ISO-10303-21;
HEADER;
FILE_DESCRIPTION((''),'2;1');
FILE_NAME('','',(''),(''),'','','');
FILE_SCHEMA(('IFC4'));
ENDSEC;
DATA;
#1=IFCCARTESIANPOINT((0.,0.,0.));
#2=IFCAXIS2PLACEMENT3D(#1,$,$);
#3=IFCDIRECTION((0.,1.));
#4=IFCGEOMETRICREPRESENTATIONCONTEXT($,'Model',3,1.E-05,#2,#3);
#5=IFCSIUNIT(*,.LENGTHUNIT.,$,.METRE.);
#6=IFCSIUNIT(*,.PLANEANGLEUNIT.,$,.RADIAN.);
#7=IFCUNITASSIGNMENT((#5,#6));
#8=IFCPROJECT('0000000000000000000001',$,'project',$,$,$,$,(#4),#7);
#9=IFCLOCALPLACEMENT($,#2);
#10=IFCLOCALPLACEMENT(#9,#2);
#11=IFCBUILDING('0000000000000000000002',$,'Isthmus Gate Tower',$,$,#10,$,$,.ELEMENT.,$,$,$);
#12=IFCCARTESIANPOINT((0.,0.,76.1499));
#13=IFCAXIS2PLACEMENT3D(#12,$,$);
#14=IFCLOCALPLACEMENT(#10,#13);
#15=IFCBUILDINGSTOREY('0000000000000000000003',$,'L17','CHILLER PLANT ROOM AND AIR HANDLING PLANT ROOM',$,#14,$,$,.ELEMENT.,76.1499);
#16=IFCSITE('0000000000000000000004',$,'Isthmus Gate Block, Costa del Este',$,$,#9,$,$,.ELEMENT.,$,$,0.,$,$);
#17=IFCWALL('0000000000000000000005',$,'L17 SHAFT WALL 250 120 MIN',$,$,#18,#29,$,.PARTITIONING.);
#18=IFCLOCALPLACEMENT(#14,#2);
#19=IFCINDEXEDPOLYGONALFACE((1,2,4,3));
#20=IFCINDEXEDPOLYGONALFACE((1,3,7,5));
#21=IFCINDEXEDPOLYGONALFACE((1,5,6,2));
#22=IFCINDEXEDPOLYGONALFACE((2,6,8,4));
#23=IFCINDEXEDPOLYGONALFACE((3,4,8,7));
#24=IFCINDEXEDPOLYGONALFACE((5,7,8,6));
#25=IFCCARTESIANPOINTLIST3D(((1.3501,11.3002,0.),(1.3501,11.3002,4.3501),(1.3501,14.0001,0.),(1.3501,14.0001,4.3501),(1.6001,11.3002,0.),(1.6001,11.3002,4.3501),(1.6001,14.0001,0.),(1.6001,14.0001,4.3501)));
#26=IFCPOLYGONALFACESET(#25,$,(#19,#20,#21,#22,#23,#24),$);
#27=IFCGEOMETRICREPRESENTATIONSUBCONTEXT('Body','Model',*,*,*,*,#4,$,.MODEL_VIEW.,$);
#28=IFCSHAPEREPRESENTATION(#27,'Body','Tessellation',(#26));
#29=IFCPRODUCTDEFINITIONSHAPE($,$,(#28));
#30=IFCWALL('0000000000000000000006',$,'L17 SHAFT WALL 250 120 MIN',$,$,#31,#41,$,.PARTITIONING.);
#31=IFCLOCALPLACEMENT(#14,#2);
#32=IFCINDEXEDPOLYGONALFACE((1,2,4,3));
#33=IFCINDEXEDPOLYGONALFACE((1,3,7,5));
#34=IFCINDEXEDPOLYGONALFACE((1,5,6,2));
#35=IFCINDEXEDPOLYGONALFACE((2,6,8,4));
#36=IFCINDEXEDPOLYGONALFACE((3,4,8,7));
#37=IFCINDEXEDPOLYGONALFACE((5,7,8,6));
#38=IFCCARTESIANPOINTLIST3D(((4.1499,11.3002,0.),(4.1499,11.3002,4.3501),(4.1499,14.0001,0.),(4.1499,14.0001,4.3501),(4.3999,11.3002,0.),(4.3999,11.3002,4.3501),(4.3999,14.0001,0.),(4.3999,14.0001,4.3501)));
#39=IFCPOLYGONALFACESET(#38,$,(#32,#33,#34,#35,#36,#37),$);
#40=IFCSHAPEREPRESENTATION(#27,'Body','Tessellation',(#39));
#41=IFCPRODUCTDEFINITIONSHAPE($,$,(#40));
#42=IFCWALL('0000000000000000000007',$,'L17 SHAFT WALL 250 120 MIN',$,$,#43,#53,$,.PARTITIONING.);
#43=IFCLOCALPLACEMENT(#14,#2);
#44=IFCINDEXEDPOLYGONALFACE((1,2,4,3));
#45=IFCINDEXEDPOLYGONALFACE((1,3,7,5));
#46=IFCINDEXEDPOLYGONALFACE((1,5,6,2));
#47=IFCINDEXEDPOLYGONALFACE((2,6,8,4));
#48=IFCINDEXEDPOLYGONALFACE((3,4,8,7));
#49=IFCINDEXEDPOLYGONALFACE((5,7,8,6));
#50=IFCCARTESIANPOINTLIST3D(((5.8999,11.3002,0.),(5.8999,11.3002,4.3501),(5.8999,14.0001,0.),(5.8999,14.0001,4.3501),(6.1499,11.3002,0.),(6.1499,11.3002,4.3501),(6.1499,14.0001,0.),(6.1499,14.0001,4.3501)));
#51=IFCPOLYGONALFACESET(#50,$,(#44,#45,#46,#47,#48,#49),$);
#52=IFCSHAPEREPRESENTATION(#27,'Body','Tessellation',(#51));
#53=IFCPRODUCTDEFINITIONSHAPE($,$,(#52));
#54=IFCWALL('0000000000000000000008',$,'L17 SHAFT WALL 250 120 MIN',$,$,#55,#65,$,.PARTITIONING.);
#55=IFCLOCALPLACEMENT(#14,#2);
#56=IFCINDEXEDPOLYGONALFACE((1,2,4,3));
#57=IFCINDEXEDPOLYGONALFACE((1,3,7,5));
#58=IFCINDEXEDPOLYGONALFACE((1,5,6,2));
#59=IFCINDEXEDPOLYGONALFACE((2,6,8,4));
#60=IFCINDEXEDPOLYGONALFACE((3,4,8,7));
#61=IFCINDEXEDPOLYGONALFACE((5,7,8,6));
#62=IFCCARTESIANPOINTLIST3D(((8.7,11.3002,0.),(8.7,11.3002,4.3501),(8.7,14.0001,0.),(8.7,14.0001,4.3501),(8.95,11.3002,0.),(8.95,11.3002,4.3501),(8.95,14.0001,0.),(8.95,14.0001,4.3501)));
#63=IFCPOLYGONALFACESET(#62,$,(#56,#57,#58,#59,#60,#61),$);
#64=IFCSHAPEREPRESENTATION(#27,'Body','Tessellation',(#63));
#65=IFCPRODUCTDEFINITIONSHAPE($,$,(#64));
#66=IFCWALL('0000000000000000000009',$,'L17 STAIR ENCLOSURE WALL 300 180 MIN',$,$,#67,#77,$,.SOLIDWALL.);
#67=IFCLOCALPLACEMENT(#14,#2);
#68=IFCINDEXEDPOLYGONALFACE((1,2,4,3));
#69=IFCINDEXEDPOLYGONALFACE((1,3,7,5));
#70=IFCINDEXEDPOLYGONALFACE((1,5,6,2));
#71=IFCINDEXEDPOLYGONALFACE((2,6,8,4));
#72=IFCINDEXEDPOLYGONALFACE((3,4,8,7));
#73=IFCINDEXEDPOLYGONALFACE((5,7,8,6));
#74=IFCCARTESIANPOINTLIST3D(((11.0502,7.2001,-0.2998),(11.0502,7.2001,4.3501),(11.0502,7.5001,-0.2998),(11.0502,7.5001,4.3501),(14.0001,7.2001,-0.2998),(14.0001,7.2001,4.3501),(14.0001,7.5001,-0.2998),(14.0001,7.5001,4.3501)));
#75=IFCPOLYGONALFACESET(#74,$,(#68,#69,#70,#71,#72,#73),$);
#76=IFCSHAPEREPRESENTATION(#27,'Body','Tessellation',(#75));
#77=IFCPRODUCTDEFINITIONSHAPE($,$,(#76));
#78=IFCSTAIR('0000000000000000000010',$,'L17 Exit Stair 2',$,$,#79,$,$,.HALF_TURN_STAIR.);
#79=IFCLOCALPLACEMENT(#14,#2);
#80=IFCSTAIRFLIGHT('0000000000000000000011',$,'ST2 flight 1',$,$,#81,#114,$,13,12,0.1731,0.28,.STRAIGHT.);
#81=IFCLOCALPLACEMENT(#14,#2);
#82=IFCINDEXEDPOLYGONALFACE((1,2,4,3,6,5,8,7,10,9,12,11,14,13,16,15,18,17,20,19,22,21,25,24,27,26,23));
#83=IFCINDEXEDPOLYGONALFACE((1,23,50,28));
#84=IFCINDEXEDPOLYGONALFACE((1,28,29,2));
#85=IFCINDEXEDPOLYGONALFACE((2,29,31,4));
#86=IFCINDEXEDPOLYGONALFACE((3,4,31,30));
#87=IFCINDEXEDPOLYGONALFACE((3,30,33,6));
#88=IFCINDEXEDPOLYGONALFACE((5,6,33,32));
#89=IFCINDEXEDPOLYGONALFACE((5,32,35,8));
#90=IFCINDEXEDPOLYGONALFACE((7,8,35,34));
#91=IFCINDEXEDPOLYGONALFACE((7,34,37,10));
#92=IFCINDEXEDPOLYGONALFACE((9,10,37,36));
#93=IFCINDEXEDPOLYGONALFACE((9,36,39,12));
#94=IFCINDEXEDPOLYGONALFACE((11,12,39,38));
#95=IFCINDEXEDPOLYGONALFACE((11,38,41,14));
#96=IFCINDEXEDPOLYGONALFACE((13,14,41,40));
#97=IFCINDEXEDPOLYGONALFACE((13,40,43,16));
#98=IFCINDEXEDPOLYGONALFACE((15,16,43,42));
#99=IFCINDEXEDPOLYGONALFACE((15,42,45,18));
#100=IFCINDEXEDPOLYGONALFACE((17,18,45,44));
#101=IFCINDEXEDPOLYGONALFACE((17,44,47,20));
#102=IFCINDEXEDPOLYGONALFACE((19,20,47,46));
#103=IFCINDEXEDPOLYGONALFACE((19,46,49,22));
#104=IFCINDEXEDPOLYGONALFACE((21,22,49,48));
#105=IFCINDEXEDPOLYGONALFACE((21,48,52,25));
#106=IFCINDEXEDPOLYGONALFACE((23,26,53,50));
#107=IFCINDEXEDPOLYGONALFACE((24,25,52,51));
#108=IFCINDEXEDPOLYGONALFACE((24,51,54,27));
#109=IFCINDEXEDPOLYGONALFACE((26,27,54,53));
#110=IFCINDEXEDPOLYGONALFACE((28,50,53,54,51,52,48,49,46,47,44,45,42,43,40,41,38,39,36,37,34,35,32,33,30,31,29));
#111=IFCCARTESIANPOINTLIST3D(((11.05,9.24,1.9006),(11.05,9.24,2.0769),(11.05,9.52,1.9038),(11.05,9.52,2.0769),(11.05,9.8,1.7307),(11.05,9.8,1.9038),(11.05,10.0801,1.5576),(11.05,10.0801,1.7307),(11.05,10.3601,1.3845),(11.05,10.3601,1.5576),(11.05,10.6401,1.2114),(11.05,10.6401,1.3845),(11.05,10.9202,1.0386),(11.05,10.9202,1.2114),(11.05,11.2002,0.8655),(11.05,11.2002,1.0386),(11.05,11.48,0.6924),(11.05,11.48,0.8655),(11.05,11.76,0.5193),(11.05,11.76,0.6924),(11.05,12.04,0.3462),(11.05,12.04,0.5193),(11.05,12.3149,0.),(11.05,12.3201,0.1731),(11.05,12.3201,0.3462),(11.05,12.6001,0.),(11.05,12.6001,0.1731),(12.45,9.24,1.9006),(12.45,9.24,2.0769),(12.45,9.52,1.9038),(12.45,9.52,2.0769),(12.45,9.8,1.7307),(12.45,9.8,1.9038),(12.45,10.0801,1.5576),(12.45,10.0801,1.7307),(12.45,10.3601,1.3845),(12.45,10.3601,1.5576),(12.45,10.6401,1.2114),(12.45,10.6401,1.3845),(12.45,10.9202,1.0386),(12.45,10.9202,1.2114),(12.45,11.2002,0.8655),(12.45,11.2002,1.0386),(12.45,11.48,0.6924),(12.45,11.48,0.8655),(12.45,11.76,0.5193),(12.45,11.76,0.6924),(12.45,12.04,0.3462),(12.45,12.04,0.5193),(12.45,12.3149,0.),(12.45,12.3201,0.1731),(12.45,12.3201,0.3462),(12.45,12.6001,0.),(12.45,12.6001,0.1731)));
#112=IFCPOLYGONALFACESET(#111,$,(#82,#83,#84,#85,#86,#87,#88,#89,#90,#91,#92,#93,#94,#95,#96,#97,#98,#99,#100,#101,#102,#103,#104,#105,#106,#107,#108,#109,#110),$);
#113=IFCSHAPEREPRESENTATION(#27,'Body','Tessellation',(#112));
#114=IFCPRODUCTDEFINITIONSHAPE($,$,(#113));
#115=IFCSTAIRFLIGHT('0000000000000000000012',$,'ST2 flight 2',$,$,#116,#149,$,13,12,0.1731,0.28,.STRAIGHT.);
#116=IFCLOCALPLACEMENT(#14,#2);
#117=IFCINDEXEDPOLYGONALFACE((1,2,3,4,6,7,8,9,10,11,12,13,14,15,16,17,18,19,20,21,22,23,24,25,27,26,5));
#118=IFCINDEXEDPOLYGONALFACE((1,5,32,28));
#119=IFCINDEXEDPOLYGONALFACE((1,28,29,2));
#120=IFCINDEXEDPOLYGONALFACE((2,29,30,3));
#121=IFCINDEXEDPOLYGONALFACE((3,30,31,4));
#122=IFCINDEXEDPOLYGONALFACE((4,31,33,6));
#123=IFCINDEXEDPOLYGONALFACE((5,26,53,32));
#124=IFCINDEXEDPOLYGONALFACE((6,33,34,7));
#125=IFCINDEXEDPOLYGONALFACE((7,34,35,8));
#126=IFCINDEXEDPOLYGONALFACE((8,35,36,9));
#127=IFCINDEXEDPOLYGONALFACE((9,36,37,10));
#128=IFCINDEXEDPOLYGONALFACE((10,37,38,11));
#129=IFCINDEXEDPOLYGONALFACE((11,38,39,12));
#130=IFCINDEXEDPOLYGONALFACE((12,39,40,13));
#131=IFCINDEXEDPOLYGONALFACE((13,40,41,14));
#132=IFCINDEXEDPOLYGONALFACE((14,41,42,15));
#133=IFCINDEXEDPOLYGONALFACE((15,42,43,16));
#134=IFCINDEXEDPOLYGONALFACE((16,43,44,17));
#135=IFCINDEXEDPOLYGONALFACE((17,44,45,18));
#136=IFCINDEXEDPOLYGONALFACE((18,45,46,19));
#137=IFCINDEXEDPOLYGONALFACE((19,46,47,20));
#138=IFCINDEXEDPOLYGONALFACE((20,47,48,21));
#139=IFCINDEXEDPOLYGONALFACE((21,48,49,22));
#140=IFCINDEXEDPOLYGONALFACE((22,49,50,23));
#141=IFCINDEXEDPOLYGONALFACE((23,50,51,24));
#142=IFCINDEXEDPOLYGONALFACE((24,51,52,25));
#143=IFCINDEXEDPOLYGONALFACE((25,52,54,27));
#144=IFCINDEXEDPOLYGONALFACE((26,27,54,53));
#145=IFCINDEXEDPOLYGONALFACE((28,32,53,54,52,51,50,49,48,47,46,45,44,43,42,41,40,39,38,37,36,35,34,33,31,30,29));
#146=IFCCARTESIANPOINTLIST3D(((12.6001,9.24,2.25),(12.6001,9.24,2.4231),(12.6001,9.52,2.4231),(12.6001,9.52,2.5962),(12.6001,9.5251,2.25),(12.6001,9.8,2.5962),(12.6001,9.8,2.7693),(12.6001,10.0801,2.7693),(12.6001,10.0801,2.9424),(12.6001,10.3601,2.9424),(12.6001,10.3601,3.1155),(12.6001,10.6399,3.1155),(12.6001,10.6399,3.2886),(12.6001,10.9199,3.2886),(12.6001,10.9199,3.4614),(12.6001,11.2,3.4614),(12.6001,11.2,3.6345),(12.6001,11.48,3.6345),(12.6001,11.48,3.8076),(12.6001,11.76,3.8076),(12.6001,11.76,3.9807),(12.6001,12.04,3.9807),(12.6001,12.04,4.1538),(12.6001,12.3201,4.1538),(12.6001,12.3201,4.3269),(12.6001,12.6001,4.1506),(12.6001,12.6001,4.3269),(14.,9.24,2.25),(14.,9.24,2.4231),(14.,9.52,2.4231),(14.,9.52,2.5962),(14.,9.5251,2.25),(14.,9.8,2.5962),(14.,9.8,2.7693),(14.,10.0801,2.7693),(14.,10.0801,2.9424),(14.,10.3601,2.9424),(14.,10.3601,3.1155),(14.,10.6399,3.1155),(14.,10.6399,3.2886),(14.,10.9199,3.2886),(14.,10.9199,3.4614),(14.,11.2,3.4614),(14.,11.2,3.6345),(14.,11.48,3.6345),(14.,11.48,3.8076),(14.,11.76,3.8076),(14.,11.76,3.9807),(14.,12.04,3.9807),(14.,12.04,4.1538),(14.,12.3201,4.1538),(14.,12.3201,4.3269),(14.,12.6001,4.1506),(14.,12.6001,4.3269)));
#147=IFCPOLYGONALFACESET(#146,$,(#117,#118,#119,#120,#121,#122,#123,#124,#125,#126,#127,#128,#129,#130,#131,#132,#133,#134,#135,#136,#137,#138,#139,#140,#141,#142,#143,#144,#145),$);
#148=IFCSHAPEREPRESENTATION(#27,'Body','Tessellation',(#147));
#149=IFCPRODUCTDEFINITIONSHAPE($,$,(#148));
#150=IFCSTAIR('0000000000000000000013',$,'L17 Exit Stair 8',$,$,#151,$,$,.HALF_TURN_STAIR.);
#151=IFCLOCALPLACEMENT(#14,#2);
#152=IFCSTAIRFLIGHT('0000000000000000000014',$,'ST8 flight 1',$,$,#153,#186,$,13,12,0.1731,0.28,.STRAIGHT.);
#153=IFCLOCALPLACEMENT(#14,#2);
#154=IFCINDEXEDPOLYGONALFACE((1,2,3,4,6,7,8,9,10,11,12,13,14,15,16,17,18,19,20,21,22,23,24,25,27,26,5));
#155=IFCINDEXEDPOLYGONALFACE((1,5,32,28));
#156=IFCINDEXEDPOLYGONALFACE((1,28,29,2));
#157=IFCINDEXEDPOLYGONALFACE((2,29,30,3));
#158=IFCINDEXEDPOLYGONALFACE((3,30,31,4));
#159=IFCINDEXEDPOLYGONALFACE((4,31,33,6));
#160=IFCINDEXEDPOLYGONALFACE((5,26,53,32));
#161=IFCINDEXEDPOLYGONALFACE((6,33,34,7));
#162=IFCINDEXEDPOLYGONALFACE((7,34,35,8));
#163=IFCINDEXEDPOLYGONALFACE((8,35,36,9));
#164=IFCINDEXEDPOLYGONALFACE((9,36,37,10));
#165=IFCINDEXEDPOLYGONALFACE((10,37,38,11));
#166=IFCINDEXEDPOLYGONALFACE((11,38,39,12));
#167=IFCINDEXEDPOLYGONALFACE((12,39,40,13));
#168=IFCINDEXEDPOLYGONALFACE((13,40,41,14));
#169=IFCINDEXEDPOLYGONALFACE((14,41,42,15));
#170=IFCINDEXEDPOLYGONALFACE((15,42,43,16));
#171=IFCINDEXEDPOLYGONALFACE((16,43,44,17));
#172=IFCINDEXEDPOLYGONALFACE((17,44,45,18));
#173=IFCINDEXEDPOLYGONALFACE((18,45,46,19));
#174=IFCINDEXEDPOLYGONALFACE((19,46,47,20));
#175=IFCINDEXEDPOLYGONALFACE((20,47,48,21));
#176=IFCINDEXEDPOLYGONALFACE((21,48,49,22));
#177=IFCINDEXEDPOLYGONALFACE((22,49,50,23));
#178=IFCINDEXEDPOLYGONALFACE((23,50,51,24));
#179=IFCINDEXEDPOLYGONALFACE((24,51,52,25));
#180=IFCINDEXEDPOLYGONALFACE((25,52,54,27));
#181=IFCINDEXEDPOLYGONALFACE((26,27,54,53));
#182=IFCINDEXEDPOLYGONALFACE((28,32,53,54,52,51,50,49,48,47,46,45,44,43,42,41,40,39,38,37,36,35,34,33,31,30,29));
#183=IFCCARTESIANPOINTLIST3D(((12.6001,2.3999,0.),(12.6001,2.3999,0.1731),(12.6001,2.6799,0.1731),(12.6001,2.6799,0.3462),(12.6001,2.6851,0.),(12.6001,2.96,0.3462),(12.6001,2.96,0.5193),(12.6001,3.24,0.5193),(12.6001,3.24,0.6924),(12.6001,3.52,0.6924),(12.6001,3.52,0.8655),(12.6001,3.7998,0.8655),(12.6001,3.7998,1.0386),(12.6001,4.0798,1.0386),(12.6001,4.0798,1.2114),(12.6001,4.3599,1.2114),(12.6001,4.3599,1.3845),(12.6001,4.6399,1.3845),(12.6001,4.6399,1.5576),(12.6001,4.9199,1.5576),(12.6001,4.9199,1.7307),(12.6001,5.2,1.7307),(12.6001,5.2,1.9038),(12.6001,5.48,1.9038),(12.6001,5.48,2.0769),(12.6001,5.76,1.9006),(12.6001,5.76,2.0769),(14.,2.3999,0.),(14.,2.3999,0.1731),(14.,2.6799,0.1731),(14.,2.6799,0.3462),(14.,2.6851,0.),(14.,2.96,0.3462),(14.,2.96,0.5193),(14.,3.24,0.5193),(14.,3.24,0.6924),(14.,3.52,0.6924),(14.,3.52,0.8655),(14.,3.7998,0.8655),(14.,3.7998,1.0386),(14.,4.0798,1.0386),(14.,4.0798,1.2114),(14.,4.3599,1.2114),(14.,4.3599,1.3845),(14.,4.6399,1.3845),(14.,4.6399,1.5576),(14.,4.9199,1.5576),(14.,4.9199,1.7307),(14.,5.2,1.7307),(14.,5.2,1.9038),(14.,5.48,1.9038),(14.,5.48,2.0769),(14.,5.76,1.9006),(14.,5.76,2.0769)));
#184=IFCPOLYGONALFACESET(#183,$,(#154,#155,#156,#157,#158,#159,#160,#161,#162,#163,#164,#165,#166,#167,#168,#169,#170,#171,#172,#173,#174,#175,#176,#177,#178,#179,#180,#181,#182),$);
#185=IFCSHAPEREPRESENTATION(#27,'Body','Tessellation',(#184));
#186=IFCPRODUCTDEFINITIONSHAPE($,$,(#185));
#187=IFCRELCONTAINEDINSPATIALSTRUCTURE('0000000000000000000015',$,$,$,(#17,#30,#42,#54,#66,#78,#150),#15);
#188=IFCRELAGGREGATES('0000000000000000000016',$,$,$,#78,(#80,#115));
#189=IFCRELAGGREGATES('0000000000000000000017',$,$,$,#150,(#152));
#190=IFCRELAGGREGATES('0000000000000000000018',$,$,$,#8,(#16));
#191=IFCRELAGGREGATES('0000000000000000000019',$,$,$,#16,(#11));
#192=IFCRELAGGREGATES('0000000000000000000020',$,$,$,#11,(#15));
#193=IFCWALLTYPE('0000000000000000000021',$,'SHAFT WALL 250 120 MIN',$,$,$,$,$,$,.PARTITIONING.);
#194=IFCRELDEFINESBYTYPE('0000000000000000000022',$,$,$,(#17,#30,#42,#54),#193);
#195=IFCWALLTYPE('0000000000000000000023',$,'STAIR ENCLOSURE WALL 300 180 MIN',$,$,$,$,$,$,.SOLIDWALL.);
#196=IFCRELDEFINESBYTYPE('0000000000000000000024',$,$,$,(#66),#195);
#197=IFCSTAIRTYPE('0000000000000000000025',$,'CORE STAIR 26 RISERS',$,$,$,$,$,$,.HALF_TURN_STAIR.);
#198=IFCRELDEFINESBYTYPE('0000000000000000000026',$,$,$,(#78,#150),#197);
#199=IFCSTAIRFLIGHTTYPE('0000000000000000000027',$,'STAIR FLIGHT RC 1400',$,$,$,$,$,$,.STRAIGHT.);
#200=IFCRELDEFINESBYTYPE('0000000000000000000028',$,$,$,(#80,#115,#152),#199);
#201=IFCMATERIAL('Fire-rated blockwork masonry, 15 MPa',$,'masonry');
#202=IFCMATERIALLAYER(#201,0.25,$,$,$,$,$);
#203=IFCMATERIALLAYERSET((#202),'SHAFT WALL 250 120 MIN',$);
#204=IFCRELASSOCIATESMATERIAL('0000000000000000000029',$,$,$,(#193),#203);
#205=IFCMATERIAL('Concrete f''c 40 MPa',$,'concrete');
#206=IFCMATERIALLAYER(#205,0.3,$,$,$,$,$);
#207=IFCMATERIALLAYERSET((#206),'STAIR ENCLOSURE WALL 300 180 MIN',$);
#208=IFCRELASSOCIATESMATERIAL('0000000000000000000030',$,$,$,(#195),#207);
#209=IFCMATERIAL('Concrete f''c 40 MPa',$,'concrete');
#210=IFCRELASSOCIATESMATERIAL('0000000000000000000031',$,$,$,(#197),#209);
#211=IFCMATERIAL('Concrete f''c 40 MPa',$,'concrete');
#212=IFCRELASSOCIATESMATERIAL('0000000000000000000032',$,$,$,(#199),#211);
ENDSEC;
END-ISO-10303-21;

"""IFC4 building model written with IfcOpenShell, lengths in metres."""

from ifc_helpers import new_model, si_unit, direction, frame, frame_2d, origin, place, context, subcontext, project, spatial, polyline, rectangle, outline, extrude, material, layer, layer_set, type_object, element, aggregate, save


model = new_model("IFC4")

# Units and contexts
model_context = context("Model", 3, precision=1e-05, world=origin(), true_north=direction((0.0, 1.0)))
body_context = subcontext(model_context, "Body", "Model", "MODEL_VIEW")
ifc_project = project(units=[si_unit("LENGTHUNIT", "METRE"), si_unit("PLANEANGLEUNIT", "RADIAN")], contexts=[model_context])

# Site, building, storey
site_placement = place(None, origin())
site = spatial("IfcSite", under=ifc_project, at=site_placement, Name="Isthmus Gate Block, Costa del Este", CompositionType="ELEMENT", RefElevation=0.0)
building_placement = place(site_placement, origin())
building = spatial("IfcBuilding", under=site, at=building_placement, Name="Isthmus Gate Tower", CompositionType="ELEMENT")
storey_placement = place(building_placement, frame((0.0, 0.0, 76.1499)))
storey = spatial("IfcBuildingStorey", under=building, at=storey_placement, Name="L17", Description="CHILLER PLANT ROOM AND AIR HANDLING PLANT ROOM", CompositionType="ELEMENT", Elevation=76.1499)

# Walls
ifc_material_1 = material(Name="Fire-rated blockwork masonry, 15 MPa", Category="masonry")
ifc_layer_1 = layer(ifc_material_1, 0.25)
ifc_layer_set_1 = layer_set([ifc_layer_1], Name="SHAFT WALL 250 120 MIN")
wall_type_1 = type_object("IfcWallType", Name="SHAFT WALL 250 120 MIN", PredefinedType="PARTITIONING", material=ifc_layer_set_1)
for number, where, z_axis, x_axis, name in (
    (1, (1.4751, 11.3, 0.0), (0.0, 0.0, 1.0), (0.0, 1.0, 0.0), "L17 SHAFT WALL 250 120 MIN"),
    (2, (4.2749, 11.3, 0.0), (0.0, 0.0, 1.0), (0.0, 1.0, 0.0), "L17 SHAFT WALL 250 120 MIN"),
    (3, (6.0249, 11.3, 0.0), (0.0, 0.0, 1.0), (0.0, 1.0, 0.0), "L17 SHAFT WALL 250 120 MIN"),
    (4, (8.825, 11.3, 0.0), (0.0, 0.0, 1.0), (0.0, 1.0, 0.0), "L17 SHAFT WALL 250 120 MIN"),
):
    element("IfcWall", number, at=place(storey_placement, frame(where, z_axis=z_axis, x_axis=x_axis)), inside=storey, type_object=wall_type_1, Name=name, PredefinedType="PARTITIONING", context=body_context, shape_type="SweptSolid", body=[
        extrude(rectangle(XDim=2.7, YDim=0.25, at=frame_2d((1.3501, 0.0))), origin(), (0.0, 0.0, 1.0), 4.3501),
    ])
ifc_material_2 = material(Name="Concrete f'c 40 MPa", Category="concrete")
ifc_layer_2 = layer(ifc_material_2, 0.3)
ifc_layer_set_2 = layer_set([ifc_layer_2], Name="STAIR ENCLOSURE WALL 300 180 MIN")
wall_type_2 = type_object("IfcWallType", Name="STAIR ENCLOSURE WALL 300 180 MIN", PredefinedType="SOLIDWALL", material=ifc_layer_set_2)
wall_1_placement = place(storey_placement, frame((11.05, 7.3501, -0.2998), z_axis=(0.0, 0.0, 1.0), x_axis=(1.0, 0.0, 0.0)))
element("IfcWall", 5, at=wall_1_placement, inside=storey, type_object=wall_type_2, Name="L17 STAIR ENCLOSURE WALL 300 180 MIN", PredefinedType="SOLIDWALL", context=body_context, shape_type="SweptSolid", body=[
    extrude(rectangle(XDim=2.95, YDim=0.3, at=frame_2d((1.4751, 0.0))), origin(), (0.0, 0.0, 1.0), 4.6499),
])

# Stairs, stair flights
ifc_material_3 = material(Name="Concrete f'c 40 MPa", Category="concrete")
stair_type = type_object("IfcStairType", Name="CORE STAIR 26 RISERS", PredefinedType="HALF_TURN_STAIR", material=ifc_material_3)
stair_1_placement = place(storey_placement, origin())
stair_1 = element("IfcStair", 6, at=stair_1_placement, inside=storey, type_object=stair_type, Name="L17 Exit Stair 2", PredefinedType="HALF_TURN_STAIR")
ifc_material_4 = material(Name="Concrete f'c 40 MPa", Category="concrete")
stair_flight_type = type_object("IfcStairFlightType", Name="STAIR FLIGHT RC 1400", PredefinedType="STRAIGHT", material=ifc_material_4)
stair_flight_1_placement = place(storey_placement, frame((11.75, 12.6001, 0.0), z_axis=(0.0, 0.0, 1.0), x_axis=(0.0, -1.0, 0.0)))
stair_flight_1 = element("IfcStairFlight", 7, at=stair_flight_1_placement, type_object=stair_flight_type, Name="ST2 flight 1", NumberOfRisers=13, NumberOfTreads=12, PredefinedType="STRAIGHT", RiserHeight=0.1731, TreadLength=0.28, context=body_context, shape_type="SweptSolid", body=[
    extrude(outline(polyline([(0.0, 0.0), (0.0, 0.1731), (0.28, 0.1731), (0.28, 0.3462), (0.5601, 0.3462), (0.5601, 0.5193), (0.8401, 0.5193), (0.8401, 0.6924), (1.1201, 0.6924), (1.1201, 0.8655), (1.3999, 0.8655), (1.3999, 1.0386), (1.6799, 1.0386), (1.6799, 1.2114), (1.96, 1.2114), (1.96, 1.3845), (2.24, 1.3845), (2.24, 1.5576), (2.52, 1.5576), (2.52, 1.7307), (2.8, 1.7307), (2.8, 1.9038), (3.0801, 1.9038), (3.0801, 2.0769), (3.3601, 2.0769), (3.3601, 2.25), (3.3601, 1.9006), (0.2852, 0.0), (0.0, 0.0)])), frame((0.0, 0.7, 0.0), z_axis=(0.0, -1.0, 0.0), x_axis=(1.0, 0.0, 0.0)), (0.0, 0.0, 1.0), 1.3999),
])
stair_flight_2_placement = place(storey_placement, frame((13.3, 9.24, 2.25), z_axis=(0.0, 0.0, 1.0), x_axis=(0.0, 1.0, 0.0)))
stair_flight_2 = element("IfcStairFlight", 8, at=stair_flight_2_placement, type_object=stair_flight_type, Name="ST2 flight 2", NumberOfRisers=13, NumberOfTreads=12, PredefinedType="STRAIGHT", RiserHeight=0.1731, TreadLength=0.28, context=body_context, shape_type="SweptSolid", body=[
    extrude(outline(polyline([(0.0, 0.0), (0.0, 0.1731), (0.28, 0.1731), (0.28, 0.3462), (0.5601, 0.3462), (0.5601, 0.5193), (0.8401, 0.5193), (0.8401, 0.6924), (1.1201, 0.6924), (1.1201, 0.8655), (1.3999, 0.8655), (1.3999, 1.0386), (1.6799, 1.0386), (1.6799, 1.2114), (1.96, 1.2114), (1.96, 1.3845), (2.24, 1.3845), (2.24, 1.5576), (2.52, 1.5576), (2.52, 1.7307), (2.8, 1.7307), (2.8, 1.9038), (3.0801, 1.9038), (3.0801, 2.0769), (3.3601, 2.0769), (3.3601, 2.25), (3.3601, 1.9006), (0.2852, 0.0), (0.0, 0.0)])), frame((0.0, 0.7, 0.0), z_axis=(0.0, -1.0, 0.0), x_axis=(1.0, 0.0, 0.0)), (0.0, 0.0, 1.0), 1.3999),
])
aggregate(stair_1, [stair_flight_1, stair_flight_2])
stair_2_placement = place(storey_placement, origin())
stair_2 = element("IfcStair", 9, at=stair_2_placement, inside=storey, type_object=stair_type, Name="L17 Exit Stair 8", PredefinedType="HALF_TURN_STAIR")
stair_flight_3_placement = place(storey_placement, frame((13.3, 2.3999, 0.0), z_axis=(0.0, 0.0, 1.0), x_axis=(0.0, 1.0, 0.0)))
stair_flight_3 = element("IfcStairFlight", 10, at=stair_flight_3_placement, type_object=stair_flight_type, Name="ST8 flight 1", NumberOfRisers=13, NumberOfTreads=12, PredefinedType="STRAIGHT", RiserHeight=0.1731, TreadLength=0.28, context=body_context, shape_type="SweptSolid", body=[
    extrude(outline(polyline([(0.0, 0.0), (0.0, 0.1731), (0.28, 0.1731), (0.28, 0.3462), (0.5601, 0.3462), (0.5601, 0.5193), (0.8401, 0.5193), (0.8401, 0.6924), (1.1201, 0.6924), (1.1201, 0.8655), (1.3999, 0.8655), (1.3999, 1.0386), (1.6799, 1.0386), (1.6799, 1.2114), (1.96, 1.2114), (1.96, 1.3845), (2.24, 1.3845), (2.24, 1.5576), (2.52, 1.5576), (2.52, 1.7307), (2.8, 1.7307), (2.8, 1.9038), (3.0801, 1.9038), (3.0801, 2.0769), (3.3601, 2.0769), (3.3601, 2.25), (3.3601, 1.9006), (0.2852, 0.0), (0.0, 0.0)])), frame((0.0, 0.7, 0.0), z_axis=(0.0, -1.0, 0.0), x_axis=(1.0, 0.0, 0.0)), (0.0, 0.0, 1.0), 1.3999),
])
aggregate(stair_2, [stair_flight_3])

save(model, "model.ifc")
